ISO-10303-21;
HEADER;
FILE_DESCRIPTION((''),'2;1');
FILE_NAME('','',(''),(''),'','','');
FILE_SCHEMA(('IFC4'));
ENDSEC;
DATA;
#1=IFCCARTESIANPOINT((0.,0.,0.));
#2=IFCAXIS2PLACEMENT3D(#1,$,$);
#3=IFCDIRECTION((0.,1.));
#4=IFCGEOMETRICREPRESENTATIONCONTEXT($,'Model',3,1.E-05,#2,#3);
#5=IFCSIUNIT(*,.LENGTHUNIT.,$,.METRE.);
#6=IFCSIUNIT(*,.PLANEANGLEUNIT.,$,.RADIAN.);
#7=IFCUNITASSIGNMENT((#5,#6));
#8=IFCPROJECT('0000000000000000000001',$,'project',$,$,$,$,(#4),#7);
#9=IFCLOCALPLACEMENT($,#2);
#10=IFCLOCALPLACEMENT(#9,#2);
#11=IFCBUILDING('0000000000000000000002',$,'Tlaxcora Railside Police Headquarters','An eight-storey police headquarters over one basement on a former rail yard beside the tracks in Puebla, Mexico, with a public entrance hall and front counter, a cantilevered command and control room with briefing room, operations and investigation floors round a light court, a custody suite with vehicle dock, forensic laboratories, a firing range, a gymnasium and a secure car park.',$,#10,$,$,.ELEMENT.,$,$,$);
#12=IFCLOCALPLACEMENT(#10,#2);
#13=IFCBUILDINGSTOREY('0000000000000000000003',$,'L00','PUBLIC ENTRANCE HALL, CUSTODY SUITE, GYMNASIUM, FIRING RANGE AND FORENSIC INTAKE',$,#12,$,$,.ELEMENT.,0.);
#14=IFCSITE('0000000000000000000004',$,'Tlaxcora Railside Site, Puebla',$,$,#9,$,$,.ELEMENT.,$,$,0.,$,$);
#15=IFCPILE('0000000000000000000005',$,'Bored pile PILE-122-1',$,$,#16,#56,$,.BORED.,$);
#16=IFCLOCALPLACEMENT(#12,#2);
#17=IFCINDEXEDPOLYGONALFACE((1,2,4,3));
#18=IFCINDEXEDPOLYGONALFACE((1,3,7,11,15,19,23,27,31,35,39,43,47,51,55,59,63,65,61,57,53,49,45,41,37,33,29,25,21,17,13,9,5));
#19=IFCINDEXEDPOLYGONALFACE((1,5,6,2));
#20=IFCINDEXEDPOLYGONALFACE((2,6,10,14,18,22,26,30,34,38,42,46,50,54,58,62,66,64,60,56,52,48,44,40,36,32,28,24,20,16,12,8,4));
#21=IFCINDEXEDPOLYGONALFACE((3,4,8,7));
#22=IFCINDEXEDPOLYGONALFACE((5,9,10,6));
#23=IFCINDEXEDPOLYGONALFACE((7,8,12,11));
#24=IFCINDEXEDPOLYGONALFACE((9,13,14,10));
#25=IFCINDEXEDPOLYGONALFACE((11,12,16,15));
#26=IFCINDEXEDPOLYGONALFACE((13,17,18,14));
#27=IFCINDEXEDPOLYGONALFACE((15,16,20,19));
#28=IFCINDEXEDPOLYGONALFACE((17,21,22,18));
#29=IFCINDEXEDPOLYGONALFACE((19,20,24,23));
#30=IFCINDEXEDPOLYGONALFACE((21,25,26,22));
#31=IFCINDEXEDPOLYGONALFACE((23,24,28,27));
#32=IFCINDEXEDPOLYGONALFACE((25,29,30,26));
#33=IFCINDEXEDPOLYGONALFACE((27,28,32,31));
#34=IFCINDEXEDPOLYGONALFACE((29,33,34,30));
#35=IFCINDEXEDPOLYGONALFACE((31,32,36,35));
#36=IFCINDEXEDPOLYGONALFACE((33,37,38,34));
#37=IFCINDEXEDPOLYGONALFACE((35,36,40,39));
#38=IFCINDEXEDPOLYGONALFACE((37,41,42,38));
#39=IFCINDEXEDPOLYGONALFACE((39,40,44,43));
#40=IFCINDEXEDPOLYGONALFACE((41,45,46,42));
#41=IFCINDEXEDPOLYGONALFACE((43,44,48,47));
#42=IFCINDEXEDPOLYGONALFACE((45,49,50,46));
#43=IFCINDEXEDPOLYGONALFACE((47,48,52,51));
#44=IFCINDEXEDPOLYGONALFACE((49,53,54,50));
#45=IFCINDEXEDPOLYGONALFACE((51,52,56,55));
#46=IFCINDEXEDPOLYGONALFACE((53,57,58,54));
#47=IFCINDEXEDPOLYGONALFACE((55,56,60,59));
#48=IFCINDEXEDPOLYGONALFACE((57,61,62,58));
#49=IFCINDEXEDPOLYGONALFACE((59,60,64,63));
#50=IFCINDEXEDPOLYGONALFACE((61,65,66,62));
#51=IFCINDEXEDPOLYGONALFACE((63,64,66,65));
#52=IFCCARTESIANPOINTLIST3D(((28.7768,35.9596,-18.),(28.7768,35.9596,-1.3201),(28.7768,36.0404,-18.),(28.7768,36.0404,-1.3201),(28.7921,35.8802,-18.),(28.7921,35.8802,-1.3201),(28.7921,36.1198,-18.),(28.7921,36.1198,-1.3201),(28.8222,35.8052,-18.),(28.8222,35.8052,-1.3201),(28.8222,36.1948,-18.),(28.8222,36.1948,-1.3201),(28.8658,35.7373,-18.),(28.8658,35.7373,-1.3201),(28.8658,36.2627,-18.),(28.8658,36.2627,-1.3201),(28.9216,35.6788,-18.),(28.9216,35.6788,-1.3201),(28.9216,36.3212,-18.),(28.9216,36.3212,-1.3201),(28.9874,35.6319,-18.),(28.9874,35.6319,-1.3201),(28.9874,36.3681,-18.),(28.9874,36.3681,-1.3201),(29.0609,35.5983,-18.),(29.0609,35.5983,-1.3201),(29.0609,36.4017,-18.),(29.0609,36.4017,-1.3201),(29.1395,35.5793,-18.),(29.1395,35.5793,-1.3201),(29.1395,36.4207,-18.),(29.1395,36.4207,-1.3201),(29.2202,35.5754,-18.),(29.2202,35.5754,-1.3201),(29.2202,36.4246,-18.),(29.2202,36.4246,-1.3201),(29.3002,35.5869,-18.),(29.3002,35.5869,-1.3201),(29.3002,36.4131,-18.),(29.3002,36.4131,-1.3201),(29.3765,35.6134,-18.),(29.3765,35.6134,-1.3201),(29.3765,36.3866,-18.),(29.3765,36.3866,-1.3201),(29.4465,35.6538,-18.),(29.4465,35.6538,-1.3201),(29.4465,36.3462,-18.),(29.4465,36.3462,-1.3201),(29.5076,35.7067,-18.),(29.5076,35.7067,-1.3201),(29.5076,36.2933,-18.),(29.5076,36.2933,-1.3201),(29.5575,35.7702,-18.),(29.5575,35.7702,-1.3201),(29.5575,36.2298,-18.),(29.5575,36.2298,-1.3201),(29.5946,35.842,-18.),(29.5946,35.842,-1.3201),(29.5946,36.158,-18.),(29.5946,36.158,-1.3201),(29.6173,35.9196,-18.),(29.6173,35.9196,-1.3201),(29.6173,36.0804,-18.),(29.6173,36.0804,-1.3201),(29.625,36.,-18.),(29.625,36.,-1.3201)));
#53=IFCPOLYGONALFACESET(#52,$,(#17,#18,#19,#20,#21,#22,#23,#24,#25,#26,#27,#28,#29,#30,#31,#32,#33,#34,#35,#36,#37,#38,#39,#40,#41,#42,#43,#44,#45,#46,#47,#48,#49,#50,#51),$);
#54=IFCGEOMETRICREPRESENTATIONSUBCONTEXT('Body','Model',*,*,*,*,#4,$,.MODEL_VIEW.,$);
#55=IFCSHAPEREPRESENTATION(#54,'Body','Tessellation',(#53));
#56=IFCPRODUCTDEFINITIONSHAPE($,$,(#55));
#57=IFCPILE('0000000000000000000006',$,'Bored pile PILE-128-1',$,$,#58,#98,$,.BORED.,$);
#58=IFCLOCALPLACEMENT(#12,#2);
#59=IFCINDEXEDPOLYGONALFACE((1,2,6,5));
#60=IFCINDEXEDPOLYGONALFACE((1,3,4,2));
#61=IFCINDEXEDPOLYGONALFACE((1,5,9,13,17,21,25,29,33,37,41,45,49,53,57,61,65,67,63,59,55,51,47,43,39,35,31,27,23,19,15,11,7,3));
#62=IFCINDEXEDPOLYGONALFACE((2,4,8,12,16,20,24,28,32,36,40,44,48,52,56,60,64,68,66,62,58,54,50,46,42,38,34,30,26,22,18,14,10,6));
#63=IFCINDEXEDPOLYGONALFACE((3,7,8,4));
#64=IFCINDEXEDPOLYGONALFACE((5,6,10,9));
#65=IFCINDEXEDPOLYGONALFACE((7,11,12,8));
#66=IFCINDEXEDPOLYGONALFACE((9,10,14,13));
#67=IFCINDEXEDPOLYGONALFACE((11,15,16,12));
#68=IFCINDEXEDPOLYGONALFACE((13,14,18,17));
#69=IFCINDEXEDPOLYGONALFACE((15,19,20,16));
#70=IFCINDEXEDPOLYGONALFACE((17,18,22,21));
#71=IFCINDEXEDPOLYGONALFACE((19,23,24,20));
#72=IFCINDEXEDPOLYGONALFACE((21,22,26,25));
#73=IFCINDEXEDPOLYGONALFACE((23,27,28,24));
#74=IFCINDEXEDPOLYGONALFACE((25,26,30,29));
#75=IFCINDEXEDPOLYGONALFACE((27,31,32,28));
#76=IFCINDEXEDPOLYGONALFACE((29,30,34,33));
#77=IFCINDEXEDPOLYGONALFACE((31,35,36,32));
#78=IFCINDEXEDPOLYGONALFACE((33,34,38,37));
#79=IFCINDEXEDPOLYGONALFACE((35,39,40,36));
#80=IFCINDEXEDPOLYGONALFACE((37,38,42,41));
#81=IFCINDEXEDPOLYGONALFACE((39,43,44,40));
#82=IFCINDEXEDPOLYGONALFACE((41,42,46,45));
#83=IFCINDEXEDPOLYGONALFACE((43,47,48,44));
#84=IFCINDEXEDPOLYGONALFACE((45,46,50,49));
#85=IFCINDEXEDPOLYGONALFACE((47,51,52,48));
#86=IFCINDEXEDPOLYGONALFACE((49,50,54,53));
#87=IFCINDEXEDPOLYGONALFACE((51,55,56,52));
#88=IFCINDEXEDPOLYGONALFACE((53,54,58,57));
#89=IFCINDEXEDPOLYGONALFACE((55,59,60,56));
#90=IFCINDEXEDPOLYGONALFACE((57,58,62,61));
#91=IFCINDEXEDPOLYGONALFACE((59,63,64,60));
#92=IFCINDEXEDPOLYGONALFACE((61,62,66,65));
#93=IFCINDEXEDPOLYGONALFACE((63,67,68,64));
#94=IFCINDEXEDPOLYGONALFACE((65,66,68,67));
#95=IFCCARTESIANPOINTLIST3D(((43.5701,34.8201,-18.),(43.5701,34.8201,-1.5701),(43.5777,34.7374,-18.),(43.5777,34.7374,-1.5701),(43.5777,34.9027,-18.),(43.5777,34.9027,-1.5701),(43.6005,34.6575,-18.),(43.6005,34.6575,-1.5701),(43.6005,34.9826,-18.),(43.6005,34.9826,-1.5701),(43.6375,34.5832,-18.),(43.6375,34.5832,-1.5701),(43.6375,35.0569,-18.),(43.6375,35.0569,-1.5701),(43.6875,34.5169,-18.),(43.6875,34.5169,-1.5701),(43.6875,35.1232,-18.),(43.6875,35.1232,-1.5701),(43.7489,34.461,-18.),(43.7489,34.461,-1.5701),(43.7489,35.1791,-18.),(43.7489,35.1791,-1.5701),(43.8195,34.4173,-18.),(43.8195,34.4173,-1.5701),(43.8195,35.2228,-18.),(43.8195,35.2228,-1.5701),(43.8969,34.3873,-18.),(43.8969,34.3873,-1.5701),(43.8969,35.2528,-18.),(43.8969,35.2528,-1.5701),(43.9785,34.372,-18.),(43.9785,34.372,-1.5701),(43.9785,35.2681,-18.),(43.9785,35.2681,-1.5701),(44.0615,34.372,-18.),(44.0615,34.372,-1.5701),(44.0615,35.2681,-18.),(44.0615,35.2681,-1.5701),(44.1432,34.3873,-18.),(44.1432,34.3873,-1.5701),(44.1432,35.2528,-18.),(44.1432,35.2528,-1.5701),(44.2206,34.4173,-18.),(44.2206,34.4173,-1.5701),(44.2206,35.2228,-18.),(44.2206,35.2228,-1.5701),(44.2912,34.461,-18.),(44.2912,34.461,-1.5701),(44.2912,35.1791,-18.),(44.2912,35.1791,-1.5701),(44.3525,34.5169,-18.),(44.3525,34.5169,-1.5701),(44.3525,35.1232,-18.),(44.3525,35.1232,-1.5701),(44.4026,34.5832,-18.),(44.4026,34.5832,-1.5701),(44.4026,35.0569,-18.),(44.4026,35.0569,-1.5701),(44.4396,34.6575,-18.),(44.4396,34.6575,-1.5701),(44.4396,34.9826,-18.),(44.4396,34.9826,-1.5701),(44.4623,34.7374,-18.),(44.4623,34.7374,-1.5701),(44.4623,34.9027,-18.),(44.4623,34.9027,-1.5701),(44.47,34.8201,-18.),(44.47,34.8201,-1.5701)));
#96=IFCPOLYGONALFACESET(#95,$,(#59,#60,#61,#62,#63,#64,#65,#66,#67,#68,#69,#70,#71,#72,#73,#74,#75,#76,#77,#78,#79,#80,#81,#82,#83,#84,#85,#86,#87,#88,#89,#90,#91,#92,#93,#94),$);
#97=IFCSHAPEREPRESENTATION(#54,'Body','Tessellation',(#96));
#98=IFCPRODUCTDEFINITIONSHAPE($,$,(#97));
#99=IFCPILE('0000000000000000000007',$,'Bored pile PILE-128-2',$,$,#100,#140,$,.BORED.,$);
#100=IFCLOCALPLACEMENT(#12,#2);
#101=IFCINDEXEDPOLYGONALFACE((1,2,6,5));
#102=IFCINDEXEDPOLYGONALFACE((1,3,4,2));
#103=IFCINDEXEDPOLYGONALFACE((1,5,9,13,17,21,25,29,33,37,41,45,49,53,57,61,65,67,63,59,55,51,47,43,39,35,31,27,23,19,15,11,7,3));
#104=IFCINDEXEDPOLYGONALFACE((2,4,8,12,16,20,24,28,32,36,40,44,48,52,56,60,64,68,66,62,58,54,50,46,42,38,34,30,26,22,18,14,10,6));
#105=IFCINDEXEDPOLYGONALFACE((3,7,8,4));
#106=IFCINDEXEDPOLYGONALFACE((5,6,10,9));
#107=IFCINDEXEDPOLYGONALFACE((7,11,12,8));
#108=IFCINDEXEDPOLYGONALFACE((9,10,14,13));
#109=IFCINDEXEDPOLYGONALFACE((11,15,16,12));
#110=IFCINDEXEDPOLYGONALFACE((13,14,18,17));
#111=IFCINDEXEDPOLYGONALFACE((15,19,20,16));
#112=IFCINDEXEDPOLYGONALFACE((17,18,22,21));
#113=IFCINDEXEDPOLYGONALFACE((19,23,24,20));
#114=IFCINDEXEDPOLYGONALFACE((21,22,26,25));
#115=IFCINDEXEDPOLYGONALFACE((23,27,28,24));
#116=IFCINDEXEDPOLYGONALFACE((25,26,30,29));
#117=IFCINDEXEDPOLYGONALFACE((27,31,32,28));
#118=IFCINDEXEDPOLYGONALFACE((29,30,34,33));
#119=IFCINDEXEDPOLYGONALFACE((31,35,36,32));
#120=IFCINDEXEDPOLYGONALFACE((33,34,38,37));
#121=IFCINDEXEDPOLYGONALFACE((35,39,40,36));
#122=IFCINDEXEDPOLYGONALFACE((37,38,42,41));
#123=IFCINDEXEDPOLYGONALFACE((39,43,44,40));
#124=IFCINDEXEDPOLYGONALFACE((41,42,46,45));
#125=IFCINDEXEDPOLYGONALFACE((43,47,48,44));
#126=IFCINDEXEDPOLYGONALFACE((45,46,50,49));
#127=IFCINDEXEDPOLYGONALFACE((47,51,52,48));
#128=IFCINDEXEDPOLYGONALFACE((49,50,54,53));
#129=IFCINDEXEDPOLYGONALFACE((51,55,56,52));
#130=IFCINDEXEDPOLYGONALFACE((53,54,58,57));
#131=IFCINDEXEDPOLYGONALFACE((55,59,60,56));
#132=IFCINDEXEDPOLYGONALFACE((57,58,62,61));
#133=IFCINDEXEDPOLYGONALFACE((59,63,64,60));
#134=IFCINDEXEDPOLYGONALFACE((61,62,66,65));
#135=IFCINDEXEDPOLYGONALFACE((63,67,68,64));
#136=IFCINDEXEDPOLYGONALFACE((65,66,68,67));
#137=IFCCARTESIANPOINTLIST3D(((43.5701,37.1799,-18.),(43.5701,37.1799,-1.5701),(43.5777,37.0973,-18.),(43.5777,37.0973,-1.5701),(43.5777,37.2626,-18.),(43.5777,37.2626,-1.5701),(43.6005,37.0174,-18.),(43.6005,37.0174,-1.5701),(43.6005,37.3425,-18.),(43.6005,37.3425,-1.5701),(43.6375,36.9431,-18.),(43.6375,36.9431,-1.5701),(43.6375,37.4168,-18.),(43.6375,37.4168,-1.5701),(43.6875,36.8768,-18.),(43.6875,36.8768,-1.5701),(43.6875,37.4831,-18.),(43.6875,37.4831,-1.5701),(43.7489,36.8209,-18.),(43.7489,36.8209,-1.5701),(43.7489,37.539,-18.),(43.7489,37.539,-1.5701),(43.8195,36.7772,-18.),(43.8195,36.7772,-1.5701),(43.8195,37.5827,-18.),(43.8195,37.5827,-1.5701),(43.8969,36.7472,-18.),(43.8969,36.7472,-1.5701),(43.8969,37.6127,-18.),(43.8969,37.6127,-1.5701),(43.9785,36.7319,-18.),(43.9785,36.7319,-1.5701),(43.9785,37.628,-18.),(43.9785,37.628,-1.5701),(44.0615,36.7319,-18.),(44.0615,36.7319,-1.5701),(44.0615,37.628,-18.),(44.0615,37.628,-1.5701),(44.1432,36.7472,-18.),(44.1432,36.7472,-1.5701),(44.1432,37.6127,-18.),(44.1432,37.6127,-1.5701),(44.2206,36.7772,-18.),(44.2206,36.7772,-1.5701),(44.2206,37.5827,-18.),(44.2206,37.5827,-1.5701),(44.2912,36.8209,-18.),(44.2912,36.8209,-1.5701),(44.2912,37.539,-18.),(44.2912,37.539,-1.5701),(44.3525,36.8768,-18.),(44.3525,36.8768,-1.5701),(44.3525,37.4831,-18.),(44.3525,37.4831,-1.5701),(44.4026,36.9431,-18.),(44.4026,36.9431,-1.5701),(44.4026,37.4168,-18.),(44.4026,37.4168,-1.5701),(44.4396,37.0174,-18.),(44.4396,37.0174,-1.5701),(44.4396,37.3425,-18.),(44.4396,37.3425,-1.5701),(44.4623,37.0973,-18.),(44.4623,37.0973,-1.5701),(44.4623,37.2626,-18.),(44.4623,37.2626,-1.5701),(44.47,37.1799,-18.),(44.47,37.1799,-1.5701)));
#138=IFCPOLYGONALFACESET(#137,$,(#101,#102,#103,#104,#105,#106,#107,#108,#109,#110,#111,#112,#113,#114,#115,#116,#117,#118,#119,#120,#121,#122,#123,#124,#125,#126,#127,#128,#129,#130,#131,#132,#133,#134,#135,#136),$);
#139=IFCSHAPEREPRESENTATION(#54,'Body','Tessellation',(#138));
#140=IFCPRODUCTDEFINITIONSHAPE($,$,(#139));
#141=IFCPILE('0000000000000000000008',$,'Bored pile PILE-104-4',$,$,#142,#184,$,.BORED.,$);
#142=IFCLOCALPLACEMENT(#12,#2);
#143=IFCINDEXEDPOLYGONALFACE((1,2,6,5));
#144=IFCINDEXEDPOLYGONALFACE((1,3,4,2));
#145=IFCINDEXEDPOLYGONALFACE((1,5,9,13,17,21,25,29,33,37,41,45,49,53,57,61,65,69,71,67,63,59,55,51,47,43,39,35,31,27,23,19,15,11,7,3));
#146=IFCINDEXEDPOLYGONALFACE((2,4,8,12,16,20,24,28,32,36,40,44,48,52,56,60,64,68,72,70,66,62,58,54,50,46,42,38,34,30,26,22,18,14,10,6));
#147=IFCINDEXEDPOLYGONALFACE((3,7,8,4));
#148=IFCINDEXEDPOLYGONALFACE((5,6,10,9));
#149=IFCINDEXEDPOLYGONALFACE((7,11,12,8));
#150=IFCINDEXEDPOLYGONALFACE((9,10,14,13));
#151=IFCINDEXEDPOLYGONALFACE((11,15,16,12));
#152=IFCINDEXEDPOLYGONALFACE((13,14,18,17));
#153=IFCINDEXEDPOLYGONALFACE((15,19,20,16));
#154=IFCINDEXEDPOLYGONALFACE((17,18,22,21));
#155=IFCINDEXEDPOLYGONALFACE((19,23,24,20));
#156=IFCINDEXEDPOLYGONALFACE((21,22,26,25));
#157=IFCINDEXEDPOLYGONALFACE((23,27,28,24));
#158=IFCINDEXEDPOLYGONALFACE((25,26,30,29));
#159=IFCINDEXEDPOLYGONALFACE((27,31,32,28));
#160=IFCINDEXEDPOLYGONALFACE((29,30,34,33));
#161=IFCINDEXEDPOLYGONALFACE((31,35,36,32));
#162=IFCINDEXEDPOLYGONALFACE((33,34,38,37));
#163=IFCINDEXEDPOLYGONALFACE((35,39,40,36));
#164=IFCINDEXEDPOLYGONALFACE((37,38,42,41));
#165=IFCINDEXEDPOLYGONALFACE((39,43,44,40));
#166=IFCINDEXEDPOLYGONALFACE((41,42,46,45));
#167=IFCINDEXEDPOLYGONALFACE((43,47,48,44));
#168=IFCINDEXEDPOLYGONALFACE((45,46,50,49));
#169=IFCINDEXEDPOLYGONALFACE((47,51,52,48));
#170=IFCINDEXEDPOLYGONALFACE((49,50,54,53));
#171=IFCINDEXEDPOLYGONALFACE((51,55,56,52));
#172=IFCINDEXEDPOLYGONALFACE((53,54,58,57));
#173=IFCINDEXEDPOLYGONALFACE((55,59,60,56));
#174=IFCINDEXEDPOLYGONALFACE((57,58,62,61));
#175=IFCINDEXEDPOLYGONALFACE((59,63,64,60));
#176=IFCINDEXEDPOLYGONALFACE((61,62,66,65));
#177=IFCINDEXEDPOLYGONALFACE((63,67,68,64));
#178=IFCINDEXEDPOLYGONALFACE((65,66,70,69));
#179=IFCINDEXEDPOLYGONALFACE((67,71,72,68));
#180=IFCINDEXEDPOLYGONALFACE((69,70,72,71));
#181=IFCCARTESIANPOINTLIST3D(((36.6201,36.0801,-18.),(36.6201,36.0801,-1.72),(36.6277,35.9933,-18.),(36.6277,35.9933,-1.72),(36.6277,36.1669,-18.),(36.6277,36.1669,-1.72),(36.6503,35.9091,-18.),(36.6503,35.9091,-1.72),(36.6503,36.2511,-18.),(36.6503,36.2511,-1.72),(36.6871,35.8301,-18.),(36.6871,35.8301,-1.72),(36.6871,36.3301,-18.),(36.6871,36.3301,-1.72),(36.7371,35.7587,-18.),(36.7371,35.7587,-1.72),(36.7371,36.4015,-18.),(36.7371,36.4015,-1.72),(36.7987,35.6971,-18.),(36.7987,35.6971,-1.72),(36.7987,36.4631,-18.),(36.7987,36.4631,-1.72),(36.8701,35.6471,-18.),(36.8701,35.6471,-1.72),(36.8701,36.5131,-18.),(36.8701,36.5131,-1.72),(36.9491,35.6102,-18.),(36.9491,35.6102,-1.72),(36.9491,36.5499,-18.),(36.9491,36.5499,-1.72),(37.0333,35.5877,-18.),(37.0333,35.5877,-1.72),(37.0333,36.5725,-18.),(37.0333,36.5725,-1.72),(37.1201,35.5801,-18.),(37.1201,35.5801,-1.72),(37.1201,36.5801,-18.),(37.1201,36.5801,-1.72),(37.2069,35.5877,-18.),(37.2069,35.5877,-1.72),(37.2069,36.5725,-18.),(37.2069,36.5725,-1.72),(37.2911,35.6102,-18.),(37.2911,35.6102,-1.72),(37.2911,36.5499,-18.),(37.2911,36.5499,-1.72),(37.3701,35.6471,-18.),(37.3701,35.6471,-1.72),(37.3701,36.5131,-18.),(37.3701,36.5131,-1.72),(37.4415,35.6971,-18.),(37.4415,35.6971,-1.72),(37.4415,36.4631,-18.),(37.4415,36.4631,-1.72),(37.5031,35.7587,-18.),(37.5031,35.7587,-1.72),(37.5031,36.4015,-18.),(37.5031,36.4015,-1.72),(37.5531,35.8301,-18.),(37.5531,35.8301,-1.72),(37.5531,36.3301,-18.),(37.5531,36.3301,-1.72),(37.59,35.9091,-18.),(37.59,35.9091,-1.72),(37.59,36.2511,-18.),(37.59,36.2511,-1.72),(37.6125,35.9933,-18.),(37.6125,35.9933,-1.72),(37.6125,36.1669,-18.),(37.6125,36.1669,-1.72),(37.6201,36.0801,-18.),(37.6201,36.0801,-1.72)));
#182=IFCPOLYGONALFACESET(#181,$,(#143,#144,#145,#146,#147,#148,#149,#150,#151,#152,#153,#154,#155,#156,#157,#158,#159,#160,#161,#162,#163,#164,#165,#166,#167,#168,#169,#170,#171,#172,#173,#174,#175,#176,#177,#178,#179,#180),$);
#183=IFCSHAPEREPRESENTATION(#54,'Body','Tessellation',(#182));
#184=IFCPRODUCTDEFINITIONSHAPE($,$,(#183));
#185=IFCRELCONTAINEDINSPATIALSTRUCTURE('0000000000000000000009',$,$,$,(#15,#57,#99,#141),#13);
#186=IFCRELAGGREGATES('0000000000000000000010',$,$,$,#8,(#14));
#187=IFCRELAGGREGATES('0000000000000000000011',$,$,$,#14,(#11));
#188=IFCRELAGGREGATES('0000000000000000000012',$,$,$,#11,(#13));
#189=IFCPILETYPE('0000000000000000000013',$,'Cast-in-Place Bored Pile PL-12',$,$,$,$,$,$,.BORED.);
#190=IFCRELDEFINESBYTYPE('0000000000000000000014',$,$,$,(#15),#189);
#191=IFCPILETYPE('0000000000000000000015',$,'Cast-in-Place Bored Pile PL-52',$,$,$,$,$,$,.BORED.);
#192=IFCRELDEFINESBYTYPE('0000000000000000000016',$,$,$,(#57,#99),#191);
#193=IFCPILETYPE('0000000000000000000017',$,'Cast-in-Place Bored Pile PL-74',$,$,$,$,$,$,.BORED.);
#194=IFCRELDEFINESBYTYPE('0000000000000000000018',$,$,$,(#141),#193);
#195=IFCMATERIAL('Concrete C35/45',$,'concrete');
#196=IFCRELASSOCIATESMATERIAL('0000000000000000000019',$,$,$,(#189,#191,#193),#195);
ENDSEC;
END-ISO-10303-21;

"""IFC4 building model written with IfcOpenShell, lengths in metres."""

from ifc_helpers import new_model, si_unit, direction, frame, origin, origin_2d, place, context, subcontext, project, spatial, circle, extrude, material, material_profile, profile_set, type_object, element, save


model = new_model("IFC4")

# Units and contexts
model_context = context("Model", 3, precision=1e-05, world=origin(), true_north=direction((0.0, 1.0)))
body_context = subcontext(model_context, "Body", "Model", "MODEL_VIEW")
ifc_project = project(units=[si_unit("LENGTHUNIT", "METRE"), si_unit("PLANEANGLEUNIT", "RADIAN")], contexts=[model_context])

# Site, building, storey
site_placement = place(None, origin())
site = spatial("IfcSite", under=ifc_project, at=site_placement, Name="Tlaxcora Railside Site, Puebla", CompositionType="ELEMENT", RefElevation=0.0)
building_placement = place(site_placement, origin())
building = spatial("IfcBuilding", under=site, at=building_placement, Name="Tlaxcora Railside Police Headquarters", Description="An eight-storey police headquarters over one basement on a former rail yard beside the tracks in Puebla, Mexico, with a public entrance hall and front counter, a cantilevered command and control room with briefing room, operations and investigation floors round a light court, a custody suite with vehicle dock, forensic laboratories, a firing range, a gymnasium and a secure car park.", CompositionType="ELEMENT")
storey_placement = place(building_placement, origin())
storey = spatial("IfcBuildingStorey", under=building, at=storey_placement, Name="L00", Description="PUBLIC ENTRANCE HALL, CUSTODY SUITE, GYMNASIUM, FIRING RANGE AND FORENSIC INTAKE", CompositionType="ELEMENT", Elevation=0.0)

# Piles
ifc_material_1 = material(Name="Concrete C35/45", Category="concrete")
ifc_material_profile_1 = material_profile(ifc_material_1, circle(Radius=0.425, at=origin_2d()), Name="PILE850")
ifc_profile_set_1 = profile_set([ifc_material_profile_1], Name="Concrete C35/45")
pile_type_1 = type_object("IfcPileType", Name="Cast-in-Place Bored Pile PL-12", PredefinedType="BORED", material=ifc_profile_set_1)
pile_placement = place(storey_placement, frame((29.2, 36.0, -1.3201), z_axis=(0.0, 0.0, -1.0), x_axis=(1.0, 0.0, 0.0)))
element("IfcPile", 1, at=pile_placement, inside=storey, type_object=pile_type_1, Name="Bored pile PILE-122-1", PredefinedType="BORED", context=body_context, shape_type="SweptSolid", body=[
    extrude(circle(Radius=0.425, at=origin_2d()), origin(), (0.0, 0.0, 1.0), 16.6799),
])
ifc_material_profile_2 = material_profile(ifc_material_1, circle(Radius=0.45, at=origin_2d()), Name="PILE900")
ifc_profile_set_2 = profile_set([ifc_material_profile_2], Name="Concrete C35/45")
pile_type_2 = type_object("IfcPileType", Name="Cast-in-Place Bored Pile PL-52", PredefinedType="BORED", material=ifc_profile_set_2)
for number, where, z_axis, x_axis, name in (
    (2, (44.02, 34.8201, -1.5701), (0.0, 0.0, -1.0), (1.0, 0.0, 0.0), "Bored pile PILE-128-1"),
    (3, (44.02, 37.1799, -1.5701), (0.0, 0.0, -1.0), (1.0, 0.0, 0.0), "Bored pile PILE-128-2"),
):
    element("IfcPile", number, at=place(storey_placement, frame(where, z_axis=z_axis, x_axis=x_axis)), inside=storey, type_object=pile_type_2, Name=name, PredefinedType="BORED", context=body_context, shape_type="SweptSolid", body=[
        extrude(circle(Radius=0.45, at=origin_2d()), origin(), (0.0, 0.0, 1.0), 16.4299),
    ])
ifc_material_profile_3 = material_profile(ifc_material_1, circle(Radius=0.5, at=origin_2d()), Name="PILE1000")
ifc_profile_set_3 = profile_set([ifc_material_profile_3], Name="Concrete C35/45")
pile_type_3 = type_object("IfcPileType", Name="Cast-in-Place Bored Pile PL-74", PredefinedType="BORED", material=ifc_profile_set_3)
for number, where, z_axis, x_axis, name in (
    (4, (37.1201, 36.0801, -1.72), (0.0, 0.0, -1.0), (1.0, 0.0, 0.0), "Bored pile PILE-104-4"),
):
    element("IfcPile", number, at=place(storey_placement, frame(where, z_axis=z_axis, x_axis=x_axis)), inside=storey, type_object=pile_type_3, Name=name, PredefinedType="BORED", context=body_context, shape_type="SweptSolid", body=[
        extrude(circle(Radius=0.5, at=origin_2d()), origin(), (0.0, 0.0, 1.0), 16.28),
    ])

save(model, "model.ifc")
